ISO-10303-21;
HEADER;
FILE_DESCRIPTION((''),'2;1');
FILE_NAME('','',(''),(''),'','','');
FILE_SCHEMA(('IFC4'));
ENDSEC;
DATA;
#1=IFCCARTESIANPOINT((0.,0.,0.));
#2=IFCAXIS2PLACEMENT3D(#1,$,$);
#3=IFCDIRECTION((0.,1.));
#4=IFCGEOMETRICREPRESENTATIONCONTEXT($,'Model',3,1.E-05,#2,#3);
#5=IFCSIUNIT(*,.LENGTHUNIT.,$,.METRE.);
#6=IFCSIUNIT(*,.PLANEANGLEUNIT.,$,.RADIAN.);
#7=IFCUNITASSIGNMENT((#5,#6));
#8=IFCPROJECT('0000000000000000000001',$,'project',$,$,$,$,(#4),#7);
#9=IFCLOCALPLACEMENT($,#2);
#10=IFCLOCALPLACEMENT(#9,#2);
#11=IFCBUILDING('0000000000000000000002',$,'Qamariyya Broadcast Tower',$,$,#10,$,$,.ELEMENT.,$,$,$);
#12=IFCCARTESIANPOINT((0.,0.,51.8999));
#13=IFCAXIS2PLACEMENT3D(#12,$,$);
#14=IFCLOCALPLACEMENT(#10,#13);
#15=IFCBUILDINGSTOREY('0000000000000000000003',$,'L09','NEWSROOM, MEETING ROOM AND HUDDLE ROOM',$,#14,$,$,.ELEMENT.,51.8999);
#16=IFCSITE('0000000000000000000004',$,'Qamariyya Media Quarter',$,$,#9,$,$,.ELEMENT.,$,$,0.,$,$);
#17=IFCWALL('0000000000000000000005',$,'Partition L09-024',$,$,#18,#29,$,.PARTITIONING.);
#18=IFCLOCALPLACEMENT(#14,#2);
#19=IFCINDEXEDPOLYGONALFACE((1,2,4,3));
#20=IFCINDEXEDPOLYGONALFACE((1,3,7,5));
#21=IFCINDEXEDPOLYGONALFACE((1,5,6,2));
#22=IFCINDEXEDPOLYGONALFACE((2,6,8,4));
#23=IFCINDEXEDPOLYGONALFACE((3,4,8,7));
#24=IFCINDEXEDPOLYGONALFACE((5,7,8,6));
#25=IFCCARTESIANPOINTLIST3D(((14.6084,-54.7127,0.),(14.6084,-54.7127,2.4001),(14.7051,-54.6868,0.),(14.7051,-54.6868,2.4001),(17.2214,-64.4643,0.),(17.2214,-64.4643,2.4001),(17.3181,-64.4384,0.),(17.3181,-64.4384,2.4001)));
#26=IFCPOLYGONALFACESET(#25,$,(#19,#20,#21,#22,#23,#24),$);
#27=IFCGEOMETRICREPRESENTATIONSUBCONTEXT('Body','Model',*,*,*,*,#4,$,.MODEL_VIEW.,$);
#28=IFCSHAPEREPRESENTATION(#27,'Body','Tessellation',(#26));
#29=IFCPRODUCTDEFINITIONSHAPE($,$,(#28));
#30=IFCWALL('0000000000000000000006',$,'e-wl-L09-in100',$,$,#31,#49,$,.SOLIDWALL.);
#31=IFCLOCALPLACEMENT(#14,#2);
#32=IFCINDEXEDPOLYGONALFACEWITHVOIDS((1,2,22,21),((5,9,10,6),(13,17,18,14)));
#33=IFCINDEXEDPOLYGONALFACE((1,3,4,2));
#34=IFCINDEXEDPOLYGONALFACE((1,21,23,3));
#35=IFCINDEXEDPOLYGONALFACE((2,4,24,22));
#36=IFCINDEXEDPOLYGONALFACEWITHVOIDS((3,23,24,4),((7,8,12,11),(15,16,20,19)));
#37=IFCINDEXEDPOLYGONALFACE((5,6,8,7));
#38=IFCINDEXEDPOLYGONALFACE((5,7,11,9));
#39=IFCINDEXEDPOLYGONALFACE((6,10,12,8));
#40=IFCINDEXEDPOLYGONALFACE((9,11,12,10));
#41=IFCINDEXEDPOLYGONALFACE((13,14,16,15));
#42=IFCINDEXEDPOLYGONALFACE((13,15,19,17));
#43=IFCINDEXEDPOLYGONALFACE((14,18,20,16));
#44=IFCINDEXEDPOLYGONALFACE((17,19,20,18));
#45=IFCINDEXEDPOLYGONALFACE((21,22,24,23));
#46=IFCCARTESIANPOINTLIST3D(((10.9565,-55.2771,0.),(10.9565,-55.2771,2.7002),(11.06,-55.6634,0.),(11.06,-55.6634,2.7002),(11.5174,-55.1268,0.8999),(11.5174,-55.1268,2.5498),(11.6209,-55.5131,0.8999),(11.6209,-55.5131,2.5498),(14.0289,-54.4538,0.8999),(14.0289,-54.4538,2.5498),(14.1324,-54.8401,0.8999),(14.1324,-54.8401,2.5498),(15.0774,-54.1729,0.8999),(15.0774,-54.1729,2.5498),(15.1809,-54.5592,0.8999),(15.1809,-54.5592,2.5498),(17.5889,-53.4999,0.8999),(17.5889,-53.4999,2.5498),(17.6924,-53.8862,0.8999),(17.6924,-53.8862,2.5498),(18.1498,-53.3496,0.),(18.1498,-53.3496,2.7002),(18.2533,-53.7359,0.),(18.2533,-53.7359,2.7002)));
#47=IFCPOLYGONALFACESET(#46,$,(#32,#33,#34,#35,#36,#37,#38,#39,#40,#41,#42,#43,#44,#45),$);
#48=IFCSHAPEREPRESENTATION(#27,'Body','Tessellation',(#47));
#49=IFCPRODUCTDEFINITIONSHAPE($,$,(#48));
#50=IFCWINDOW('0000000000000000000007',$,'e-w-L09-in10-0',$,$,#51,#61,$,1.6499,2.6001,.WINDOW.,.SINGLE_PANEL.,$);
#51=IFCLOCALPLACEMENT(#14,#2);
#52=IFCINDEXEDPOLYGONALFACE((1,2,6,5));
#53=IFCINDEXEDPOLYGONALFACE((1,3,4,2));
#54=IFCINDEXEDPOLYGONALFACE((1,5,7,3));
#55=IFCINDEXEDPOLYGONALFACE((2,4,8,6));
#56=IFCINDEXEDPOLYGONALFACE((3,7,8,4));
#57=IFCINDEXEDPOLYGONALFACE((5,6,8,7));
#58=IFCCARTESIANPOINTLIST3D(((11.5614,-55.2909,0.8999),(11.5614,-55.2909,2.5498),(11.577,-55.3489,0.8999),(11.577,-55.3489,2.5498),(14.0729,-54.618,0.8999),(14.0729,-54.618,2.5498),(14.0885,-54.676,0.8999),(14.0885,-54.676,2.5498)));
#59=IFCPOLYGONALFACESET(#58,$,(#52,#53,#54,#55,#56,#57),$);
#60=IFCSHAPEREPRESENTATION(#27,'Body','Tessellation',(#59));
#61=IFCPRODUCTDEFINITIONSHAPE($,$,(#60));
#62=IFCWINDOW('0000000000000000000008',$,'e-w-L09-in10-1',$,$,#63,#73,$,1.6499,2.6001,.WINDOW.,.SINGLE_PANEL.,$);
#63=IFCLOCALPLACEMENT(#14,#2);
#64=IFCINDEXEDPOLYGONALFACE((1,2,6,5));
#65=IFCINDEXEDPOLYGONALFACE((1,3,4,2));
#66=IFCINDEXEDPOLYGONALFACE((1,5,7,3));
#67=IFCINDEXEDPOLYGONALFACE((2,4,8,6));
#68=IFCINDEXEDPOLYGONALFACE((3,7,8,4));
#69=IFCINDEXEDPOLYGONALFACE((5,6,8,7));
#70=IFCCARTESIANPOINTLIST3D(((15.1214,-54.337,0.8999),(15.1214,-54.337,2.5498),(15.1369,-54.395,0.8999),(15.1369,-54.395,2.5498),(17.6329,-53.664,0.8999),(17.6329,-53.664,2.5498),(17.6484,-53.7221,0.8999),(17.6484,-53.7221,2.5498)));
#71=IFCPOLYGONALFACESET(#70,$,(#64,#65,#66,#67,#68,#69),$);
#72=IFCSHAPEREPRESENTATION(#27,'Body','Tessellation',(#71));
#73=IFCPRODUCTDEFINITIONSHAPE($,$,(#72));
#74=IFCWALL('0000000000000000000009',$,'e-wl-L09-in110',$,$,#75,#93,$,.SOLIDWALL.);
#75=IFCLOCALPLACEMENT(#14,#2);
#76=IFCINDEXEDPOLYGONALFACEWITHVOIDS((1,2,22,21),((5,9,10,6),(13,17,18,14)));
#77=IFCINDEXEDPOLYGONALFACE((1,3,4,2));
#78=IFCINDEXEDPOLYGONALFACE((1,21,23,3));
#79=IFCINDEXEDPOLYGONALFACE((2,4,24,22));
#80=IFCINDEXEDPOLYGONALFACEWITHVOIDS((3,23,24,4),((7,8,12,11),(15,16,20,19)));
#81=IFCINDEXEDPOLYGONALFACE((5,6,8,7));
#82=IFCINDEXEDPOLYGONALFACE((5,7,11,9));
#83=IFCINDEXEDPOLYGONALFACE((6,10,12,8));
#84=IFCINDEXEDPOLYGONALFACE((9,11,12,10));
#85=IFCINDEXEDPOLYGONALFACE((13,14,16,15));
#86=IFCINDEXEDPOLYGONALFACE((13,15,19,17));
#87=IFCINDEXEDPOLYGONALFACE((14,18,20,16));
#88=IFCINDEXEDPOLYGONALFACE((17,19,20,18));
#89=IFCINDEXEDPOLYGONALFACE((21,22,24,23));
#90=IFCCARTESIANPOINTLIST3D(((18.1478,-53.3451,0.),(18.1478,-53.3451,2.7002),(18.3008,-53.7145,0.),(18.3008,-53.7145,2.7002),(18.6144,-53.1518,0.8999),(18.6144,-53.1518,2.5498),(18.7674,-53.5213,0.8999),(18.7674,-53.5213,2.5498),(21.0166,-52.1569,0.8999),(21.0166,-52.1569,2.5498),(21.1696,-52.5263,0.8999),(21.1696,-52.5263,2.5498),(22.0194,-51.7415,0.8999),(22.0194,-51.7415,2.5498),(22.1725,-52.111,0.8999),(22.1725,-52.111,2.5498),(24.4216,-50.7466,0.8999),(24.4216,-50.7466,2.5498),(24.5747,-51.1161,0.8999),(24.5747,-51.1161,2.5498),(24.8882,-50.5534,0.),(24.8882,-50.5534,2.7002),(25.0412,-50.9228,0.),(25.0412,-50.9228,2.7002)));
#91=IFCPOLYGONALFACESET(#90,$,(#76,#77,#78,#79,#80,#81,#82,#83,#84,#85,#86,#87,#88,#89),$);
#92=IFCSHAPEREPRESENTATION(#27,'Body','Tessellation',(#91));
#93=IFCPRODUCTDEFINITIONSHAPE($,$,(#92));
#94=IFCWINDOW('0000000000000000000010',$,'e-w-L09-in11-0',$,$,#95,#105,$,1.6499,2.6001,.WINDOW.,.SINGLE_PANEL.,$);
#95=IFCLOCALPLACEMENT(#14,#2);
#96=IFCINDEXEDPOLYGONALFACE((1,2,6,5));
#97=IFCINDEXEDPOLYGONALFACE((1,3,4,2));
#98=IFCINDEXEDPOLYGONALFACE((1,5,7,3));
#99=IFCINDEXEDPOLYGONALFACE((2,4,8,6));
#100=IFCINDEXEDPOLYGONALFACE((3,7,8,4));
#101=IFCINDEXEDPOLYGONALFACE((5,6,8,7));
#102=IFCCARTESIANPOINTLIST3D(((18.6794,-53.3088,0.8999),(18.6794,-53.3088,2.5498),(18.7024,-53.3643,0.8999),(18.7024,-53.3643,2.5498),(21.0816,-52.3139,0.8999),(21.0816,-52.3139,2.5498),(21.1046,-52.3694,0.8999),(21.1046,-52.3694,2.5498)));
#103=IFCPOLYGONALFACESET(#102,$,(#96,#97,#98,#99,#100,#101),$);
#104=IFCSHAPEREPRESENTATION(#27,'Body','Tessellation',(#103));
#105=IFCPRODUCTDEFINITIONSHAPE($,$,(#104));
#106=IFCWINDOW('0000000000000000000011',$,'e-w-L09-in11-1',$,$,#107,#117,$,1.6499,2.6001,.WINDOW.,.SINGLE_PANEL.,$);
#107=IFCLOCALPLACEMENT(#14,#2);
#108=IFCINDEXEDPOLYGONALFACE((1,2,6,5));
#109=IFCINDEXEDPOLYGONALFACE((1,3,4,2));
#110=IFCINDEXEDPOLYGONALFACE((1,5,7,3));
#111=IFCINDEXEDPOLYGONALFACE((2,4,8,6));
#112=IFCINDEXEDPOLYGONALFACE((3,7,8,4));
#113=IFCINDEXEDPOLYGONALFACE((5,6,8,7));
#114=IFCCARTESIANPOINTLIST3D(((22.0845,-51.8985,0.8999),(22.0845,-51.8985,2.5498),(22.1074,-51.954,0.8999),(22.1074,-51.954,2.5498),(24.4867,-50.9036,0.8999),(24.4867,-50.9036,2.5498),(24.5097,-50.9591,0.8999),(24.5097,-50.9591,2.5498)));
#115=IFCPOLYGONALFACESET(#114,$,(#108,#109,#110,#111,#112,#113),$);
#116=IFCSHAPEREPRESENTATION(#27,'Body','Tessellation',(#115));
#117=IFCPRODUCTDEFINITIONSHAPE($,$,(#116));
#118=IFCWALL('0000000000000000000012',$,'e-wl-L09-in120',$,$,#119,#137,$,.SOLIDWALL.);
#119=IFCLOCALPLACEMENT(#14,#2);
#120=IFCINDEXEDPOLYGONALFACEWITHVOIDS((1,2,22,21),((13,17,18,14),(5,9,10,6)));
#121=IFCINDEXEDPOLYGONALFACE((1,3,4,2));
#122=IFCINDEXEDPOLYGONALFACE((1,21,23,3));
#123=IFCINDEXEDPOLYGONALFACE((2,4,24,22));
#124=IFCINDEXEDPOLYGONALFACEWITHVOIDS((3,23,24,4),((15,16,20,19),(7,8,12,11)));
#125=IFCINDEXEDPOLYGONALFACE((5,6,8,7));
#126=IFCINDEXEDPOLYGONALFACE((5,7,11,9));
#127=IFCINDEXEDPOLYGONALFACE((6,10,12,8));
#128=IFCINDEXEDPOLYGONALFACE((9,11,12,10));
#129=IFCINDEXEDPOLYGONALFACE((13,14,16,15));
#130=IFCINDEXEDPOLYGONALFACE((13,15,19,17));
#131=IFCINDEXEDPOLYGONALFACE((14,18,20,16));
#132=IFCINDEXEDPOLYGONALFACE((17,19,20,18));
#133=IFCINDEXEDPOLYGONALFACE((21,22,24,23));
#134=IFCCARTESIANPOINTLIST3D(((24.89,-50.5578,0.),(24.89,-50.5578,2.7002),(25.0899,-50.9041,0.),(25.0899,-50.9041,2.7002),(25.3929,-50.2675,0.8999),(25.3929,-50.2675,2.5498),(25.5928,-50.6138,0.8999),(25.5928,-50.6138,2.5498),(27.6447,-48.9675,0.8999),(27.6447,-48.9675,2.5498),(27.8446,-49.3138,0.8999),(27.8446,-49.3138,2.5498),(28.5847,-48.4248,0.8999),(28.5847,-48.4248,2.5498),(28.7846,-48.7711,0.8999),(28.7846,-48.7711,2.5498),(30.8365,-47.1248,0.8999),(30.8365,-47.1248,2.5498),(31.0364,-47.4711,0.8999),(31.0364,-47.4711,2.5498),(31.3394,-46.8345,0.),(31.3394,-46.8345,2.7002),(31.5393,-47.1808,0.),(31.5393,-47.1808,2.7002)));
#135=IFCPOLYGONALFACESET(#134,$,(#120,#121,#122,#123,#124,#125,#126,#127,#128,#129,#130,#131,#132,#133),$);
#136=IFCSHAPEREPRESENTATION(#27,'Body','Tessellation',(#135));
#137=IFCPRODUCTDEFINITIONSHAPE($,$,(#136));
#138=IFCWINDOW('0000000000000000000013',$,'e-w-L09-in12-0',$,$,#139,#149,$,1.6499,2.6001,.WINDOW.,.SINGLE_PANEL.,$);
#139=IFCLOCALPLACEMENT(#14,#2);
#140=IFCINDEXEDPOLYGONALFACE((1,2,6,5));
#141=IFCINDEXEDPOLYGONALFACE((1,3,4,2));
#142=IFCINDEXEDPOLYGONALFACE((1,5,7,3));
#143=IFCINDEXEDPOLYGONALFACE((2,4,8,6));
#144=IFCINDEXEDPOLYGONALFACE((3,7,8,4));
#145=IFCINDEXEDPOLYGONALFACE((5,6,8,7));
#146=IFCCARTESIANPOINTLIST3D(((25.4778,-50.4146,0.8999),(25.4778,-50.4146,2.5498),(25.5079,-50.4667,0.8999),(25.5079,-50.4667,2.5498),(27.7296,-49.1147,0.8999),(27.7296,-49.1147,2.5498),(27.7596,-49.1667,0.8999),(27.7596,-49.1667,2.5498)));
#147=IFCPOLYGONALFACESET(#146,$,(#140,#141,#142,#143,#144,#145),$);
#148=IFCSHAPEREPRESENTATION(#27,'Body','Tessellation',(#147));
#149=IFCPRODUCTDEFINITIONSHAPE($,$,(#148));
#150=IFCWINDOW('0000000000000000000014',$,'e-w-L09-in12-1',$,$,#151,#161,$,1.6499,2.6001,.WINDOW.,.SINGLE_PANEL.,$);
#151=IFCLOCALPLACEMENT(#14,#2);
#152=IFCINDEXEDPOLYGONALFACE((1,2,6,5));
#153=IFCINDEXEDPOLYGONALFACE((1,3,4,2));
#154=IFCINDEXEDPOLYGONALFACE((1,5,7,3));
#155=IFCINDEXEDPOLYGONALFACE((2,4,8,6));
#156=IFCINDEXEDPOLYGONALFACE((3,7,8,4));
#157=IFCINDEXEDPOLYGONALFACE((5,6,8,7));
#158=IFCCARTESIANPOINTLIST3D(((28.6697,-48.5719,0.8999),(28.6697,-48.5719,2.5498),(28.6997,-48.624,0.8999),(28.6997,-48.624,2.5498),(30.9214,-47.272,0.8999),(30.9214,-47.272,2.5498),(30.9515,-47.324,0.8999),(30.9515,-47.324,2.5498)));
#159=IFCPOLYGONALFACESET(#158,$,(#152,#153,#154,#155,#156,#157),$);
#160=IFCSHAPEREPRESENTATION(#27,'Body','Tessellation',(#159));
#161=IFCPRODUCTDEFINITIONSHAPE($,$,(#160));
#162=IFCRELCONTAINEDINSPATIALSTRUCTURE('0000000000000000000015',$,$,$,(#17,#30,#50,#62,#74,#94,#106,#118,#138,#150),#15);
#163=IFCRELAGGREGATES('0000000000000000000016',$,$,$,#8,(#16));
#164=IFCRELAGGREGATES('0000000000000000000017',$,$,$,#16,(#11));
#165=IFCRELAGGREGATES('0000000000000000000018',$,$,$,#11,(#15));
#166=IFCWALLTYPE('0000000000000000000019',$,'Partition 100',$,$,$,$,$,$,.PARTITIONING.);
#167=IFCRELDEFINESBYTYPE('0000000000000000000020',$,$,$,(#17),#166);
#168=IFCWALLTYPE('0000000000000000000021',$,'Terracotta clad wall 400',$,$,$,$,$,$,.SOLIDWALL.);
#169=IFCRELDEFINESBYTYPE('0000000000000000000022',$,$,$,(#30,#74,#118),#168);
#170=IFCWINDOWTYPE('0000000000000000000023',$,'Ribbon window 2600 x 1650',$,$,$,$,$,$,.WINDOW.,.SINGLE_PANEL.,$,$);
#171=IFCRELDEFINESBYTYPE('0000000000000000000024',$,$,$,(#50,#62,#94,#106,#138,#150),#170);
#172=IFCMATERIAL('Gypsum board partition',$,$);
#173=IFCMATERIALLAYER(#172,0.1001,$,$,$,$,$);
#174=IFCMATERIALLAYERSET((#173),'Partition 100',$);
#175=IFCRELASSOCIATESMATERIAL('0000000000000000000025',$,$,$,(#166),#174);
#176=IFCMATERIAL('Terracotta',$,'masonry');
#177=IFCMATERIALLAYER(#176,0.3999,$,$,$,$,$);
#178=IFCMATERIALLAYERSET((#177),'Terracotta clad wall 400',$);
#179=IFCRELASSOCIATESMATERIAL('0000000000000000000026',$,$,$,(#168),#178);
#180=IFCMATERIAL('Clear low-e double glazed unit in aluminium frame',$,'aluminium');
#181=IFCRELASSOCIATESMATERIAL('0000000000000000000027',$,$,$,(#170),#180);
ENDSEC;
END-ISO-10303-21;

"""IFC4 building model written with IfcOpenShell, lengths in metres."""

from ifc_helpers import new_model, si_unit, direction, frame, frame_2d, origin, place, context, subcontext, project, spatial, rectangle, extrude, material, layer, layer_set, type_object, element, fill, save


model = new_model("IFC4")

# Units and contexts
model_context = context("Model", 3, precision=1e-05, world=origin(), true_north=direction((0.0, 1.0)))
body_context = subcontext(model_context, "Body", "Model", "MODEL_VIEW")
ifc_project = project(units=[si_unit("LENGTHUNIT", "METRE"), si_unit("PLANEANGLEUNIT", "RADIAN")], contexts=[model_context])

# Site, building, storey
site_placement = place(None, origin())
site = spatial("IfcSite", under=ifc_project, at=site_placement, Name="Qamariyya Media Quarter", CompositionType="ELEMENT", RefElevation=0.0)
building_placement = place(site_placement, origin())
building = spatial("IfcBuilding", under=site, at=building_placement, Name="Qamariyya Broadcast Tower", CompositionType="ELEMENT")
storey_placement = place(building_placement, frame((0.0, 0.0, 51.8999)))
storey = spatial("IfcBuildingStorey", under=building, at=storey_placement, Name="L09", Description="NEWSROOM, MEETING ROOM AND HUDDLE ROOM", CompositionType="ELEMENT", Elevation=51.8999)

# Wall
ifc_material_1 = material(Name="Gypsum board partition")
ifc_layer_1 = layer(ifc_material_1, 0.1001)
ifc_layer_set_1 = layer_set([ifc_layer_1], Name="Partition 100")
wall_type_1 = type_object("IfcWallType", Name="Partition 100", PredefinedType="PARTITIONING", material=ifc_layer_set_1)
wall_1_placement = place(storey_placement, frame((14.6567, -54.6997, 0.0), z_axis=(0.0, 0.0, 1.0), x_axis=(0.258826, -0.965924, 0.0)))
element("IfcWall", 1, at=wall_1_placement, inside=storey, type_object=wall_type_1, Name="Partition L09-024", PredefinedType="PARTITIONING", context=body_context, shape_type="SweptSolid", body=[
    extrude(rectangle(XDim=10.0957, YDim=0.1001, at=frame_2d((5.0479, 0.0))), origin(), (0.0, 0.0, 1.0), 2.4001),
])

# Walls, openings, windows
ifc_material_2 = material(Name="Terracotta", Category="masonry")
ifc_layer_2 = layer(ifc_material_2, 0.3999)
ifc_layer_set_2 = layer_set([ifc_layer_2], Name="Terracotta clad wall 400")
wall_type_2 = type_object("IfcWallType", Name="Terracotta clad wall 400", PredefinedType="SOLIDWALL", material=ifc_layer_set_2)
wall_2_placement = place(storey_placement, frame((18.2017, -53.5427, 0.0), z_axis=(0.0, 0.0, 1.0), x_axis=(-0.965925, -0.258823, 0.0)))
wall_2 = element("IfcWall", 2, at=wall_2_placement, inside=storey, type_object=wall_type_2, Name="e-wl-L09-in100", PredefinedType="SOLIDWALL", context=body_context, shape_type="SweptSolid", body=[
    extrude(rectangle(XDim=7.447, YDim=0.3999, at=frame_2d((3.7236, 0.0))), origin(), (0.0, 0.0, 1.0), 2.7002),
])
opening_1_placement = place(wall_2_placement, frame((4.2664, 0.0, 0.8999)))
opening_1 = element("IfcOpeningElement", 3, at=opening_1_placement, cuts=wall_2, PredefinedType="OPENING", context=body_context, shape_type="SweptSolid", body=[
    extrude(rectangle(XDim=2.6001, YDim=1.6499, at=frame_2d((1.3, 0.825))), frame((0.0, 0.21, 0.0), z_axis=(0.0, -1.0, 0.0), x_axis=(1.0, 0.0, 0.0)), (0.0, 0.0, 1.0), 0.4199),
])
opening_2_placement = place(wall_2_placement, frame((0.5808, 0.0, 0.8999)))
opening_2 = element("IfcOpeningElement", 4, at=opening_2_placement, cuts=wall_2, PredefinedType="OPENING", context=body_context, shape_type="SweptSolid", body=[
    extrude(rectangle(XDim=2.6001, YDim=1.6499, at=frame_2d((1.3, 0.825))), frame((0.0, 0.21, 0.0), z_axis=(0.0, -1.0, 0.0), x_axis=(1.0, 0.0, 0.0)), (0.0, 0.0, 1.0), 0.4199),
])
ifc_material_3 = material(Name="Clear low-e double glazed unit in aluminium frame", Category="aluminium")
window_type = type_object("IfcWindowType", Name="Ribbon window 2600 x 1650", PartitioningType="SINGLE_PANEL", PredefinedType="WINDOW", material=ifc_material_3)
window_1_placement = place(opening_1_placement, origin())
window_1 = element("IfcWindow", 5, at=window_1_placement, inside=storey, type_object=window_type, Name="e-w-L09-in10-0", OverallHeight=1.6499, OverallWidth=2.6001, PartitioningType="SINGLE_PANEL", PredefinedType="WINDOW", context=body_context, shape_type="SweptSolid", body=[
    extrude(rectangle(XDim=2.6001, YDim=1.6499, at=frame_2d((1.3, 0.825))), frame((0.0, 0.03, 0.0), z_axis=(0.0, -1.0, 0.0), x_axis=(1.0, 0.0, 0.0)), (0.0, 0.0, 1.0), 0.0601),
])
fill(opening_1, window_1)
window_2_placement = place(opening_2_placement, origin())
window_2 = element("IfcWindow", 6, at=window_2_placement, inside=storey, type_object=window_type, Name="e-w-L09-in10-1", OverallHeight=1.6499, OverallWidth=2.6001, PartitioningType="SINGLE_PANEL", PredefinedType="WINDOW", context=body_context, shape_type="SweptSolid", body=[
    extrude(rectangle(XDim=2.6001, YDim=1.6499, at=frame_2d((1.3, 0.825))), frame((0.0, 0.03, 0.0), z_axis=(0.0, -1.0, 0.0), x_axis=(1.0, 0.0, 0.0)), (0.0, 0.0, 1.0), 0.0601),
])
fill(opening_2, window_2)
wall_3_placement = place(storey_placement, frame((24.9648, -50.738, 0.0), z_axis=(0.0, 0.0, 1.0), x_axis=(-0.923892, -0.382654, 0.0)))
wall_3 = element("IfcWall", 7, at=wall_3_placement, inside=storey, type_object=wall_type_2, Name="e-wl-L09-in110", PredefinedType="SOLIDWALL", context=body_context, shape_type="SweptSolid", body=[
    extrude(rectangle(XDim=7.2957, YDim=0.3999, at=frame_2d((3.6479, 0.0))), origin(), (0.0, 0.0, 1.0), 2.7002),
])
opening_3_placement = place(wall_3_placement, frame((4.1907, 0.0, 0.8999)))
opening_3 = element("IfcOpeningElement", 8, at=opening_3_placement, cuts=wall_3, PredefinedType="OPENING", context=body_context, shape_type="SweptSolid", body=[
    extrude(rectangle(XDim=2.6001, YDim=1.6499, at=frame_2d((1.3, 0.825))), frame((0.0, 0.21, 0.0), z_axis=(0.0, -1.0, 0.0), x_axis=(1.0, 0.0, 0.0)), (0.0, 0.0, 1.0), 0.4199),
])
opening_4_placement = place(wall_3_placement, frame((0.5051, 0.0, 0.8999)))
opening_4 = element("IfcOpeningElement", 9, at=opening_4_placement, cuts=wall_3, PredefinedType="OPENING", context=body_context, shape_type="SweptSolid", body=[
    extrude(rectangle(XDim=2.6001, YDim=1.6499, at=frame_2d((1.3, 0.825))), frame((0.0, 0.21, 0.0), z_axis=(0.0, -1.0, 0.0), x_axis=(1.0, 0.0, 0.0)), (0.0, 0.0, 1.0), 0.4199),
])
window_3_placement = place(opening_3_placement, origin())
window_3 = element("IfcWindow", 10, at=window_3_placement, inside=storey, type_object=window_type, Name="e-w-L09-in11-0", OverallHeight=1.6499, OverallWidth=2.6001, PartitioningType="SINGLE_PANEL", PredefinedType="WINDOW", context=body_context, shape_type="SweptSolid", body=[
    extrude(rectangle(XDim=2.6001, YDim=1.6499, at=frame_2d((1.3, 0.825))), frame((0.0, 0.03, 0.0), z_axis=(0.0, -1.0, 0.0), x_axis=(1.0, 0.0, 0.0)), (0.0, 0.0, 1.0), 0.0601),
])
fill(opening_3, window_3)
window_4_placement = place(opening_4_placement, origin())
window_4 = element("IfcWindow", 11, at=window_4_placement, inside=storey, type_object=window_type, Name="e-w-L09-in11-1", OverallHeight=1.6499, OverallWidth=2.6001, PartitioningType="SINGLE_PANEL", PredefinedType="WINDOW", context=body_context, shape_type="SweptSolid", body=[
    extrude(rectangle(XDim=2.6001, YDim=1.6499, at=frame_2d((1.3, 0.825))), frame((0.0, 0.03, 0.0), z_axis=(0.0, -1.0, 0.0), x_axis=(1.0, 0.0, 0.0)), (0.0, 0.0, 1.0), 0.0601),
])
fill(opening_4, window_4)
wall_4_placement = place(storey_placement, frame((31.4395, -47.0076, 0.0), z_axis=(0.0, 0.0, 1.0), x_axis=(-0.866038, -0.499979, 0.0)))
wall_4 = element("IfcWall", 12, at=wall_4_placement, inside=storey, type_object=wall_type_2, Name="e-wl-L09-in120", PredefinedType="SOLIDWALL", context=body_context, shape_type="SweptSolid", body=[
    extrude(rectangle(XDim=7.447, YDim=0.3999, at=frame_2d((3.7236, 0.0))), origin(), (0.0, 0.0, 1.0), 2.7002),
])
opening_5_placement = place(wall_4_placement, frame((4.2664, 0.0, 0.8999)))
opening_5 = element("IfcOpeningElement", 13, at=opening_5_placement, cuts=wall_4, PredefinedType="OPENING", context=body_context, shape_type="SweptSolid", body=[
    extrude(rectangle(XDim=2.6001, YDim=1.6499, at=frame_2d((1.3, 0.825))), frame((0.0, 0.21, 0.0), z_axis=(0.0, -1.0, 0.0), x_axis=(1.0, 0.0, 0.0)), (0.0, 0.0, 1.0), 0.4199),
])
opening_6_placement = place(wall_4_placement, frame((0.5808, 0.0, 0.8999)))
opening_6 = element("IfcOpeningElement", 14, at=opening_6_placement, cuts=wall_4, PredefinedType="OPENING", context=body_context, shape_type="SweptSolid", body=[
    extrude(rectangle(XDim=2.6001, YDim=1.6499, at=frame_2d((1.3, 0.825))), frame((0.0, 0.21, 0.0), z_axis=(0.0, -1.0, 0.0), x_axis=(1.0, 0.0, 0.0)), (0.0, 0.0, 1.0), 0.4199),
])
window_5_placement = place(opening_5_placement, origin())
window_5 = element("IfcWindow", 15, at=window_5_placement, inside=storey, type_object=window_type, Name="e-w-L09-in12-0", OverallHeight=1.6499, OverallWidth=2.6001, PartitioningType="SINGLE_PANEL", PredefinedType="WINDOW", context=body_context, shape_type="SweptSolid", body=[
    extrude(rectangle(XDim=2.6001, YDim=1.6499, at=frame_2d((1.3, 0.825))), frame((0.0, 0.03, 0.0), z_axis=(0.0, -1.0, 0.0), x_axis=(1.0, 0.0, 0.0)), (0.0, 0.0, 1.0), 0.0601),
])
fill(opening_5, window_5)
window_6_placement = place(opening_6_placement, origin())
window_6 = element("IfcWindow", 16, at=window_6_placement, inside=storey, type_object=window_type, Name="e-w-L09-in12-1", OverallHeight=1.6499, OverallWidth=2.6001, PartitioningType="SINGLE_PANEL", PredefinedType="WINDOW", context=body_context, shape_type="SweptSolid", body=[
    extrude(rectangle(XDim=2.6001, YDim=1.6499, at=frame_2d((1.3, 0.825))), frame((0.0, 0.03, 0.0), z_axis=(0.0, -1.0, 0.0), x_axis=(1.0, 0.0, 0.0)), (0.0, 0.0, 1.0), 0.0601),
])
fill(opening_6, window_6)

save(model, "model.ifc")
